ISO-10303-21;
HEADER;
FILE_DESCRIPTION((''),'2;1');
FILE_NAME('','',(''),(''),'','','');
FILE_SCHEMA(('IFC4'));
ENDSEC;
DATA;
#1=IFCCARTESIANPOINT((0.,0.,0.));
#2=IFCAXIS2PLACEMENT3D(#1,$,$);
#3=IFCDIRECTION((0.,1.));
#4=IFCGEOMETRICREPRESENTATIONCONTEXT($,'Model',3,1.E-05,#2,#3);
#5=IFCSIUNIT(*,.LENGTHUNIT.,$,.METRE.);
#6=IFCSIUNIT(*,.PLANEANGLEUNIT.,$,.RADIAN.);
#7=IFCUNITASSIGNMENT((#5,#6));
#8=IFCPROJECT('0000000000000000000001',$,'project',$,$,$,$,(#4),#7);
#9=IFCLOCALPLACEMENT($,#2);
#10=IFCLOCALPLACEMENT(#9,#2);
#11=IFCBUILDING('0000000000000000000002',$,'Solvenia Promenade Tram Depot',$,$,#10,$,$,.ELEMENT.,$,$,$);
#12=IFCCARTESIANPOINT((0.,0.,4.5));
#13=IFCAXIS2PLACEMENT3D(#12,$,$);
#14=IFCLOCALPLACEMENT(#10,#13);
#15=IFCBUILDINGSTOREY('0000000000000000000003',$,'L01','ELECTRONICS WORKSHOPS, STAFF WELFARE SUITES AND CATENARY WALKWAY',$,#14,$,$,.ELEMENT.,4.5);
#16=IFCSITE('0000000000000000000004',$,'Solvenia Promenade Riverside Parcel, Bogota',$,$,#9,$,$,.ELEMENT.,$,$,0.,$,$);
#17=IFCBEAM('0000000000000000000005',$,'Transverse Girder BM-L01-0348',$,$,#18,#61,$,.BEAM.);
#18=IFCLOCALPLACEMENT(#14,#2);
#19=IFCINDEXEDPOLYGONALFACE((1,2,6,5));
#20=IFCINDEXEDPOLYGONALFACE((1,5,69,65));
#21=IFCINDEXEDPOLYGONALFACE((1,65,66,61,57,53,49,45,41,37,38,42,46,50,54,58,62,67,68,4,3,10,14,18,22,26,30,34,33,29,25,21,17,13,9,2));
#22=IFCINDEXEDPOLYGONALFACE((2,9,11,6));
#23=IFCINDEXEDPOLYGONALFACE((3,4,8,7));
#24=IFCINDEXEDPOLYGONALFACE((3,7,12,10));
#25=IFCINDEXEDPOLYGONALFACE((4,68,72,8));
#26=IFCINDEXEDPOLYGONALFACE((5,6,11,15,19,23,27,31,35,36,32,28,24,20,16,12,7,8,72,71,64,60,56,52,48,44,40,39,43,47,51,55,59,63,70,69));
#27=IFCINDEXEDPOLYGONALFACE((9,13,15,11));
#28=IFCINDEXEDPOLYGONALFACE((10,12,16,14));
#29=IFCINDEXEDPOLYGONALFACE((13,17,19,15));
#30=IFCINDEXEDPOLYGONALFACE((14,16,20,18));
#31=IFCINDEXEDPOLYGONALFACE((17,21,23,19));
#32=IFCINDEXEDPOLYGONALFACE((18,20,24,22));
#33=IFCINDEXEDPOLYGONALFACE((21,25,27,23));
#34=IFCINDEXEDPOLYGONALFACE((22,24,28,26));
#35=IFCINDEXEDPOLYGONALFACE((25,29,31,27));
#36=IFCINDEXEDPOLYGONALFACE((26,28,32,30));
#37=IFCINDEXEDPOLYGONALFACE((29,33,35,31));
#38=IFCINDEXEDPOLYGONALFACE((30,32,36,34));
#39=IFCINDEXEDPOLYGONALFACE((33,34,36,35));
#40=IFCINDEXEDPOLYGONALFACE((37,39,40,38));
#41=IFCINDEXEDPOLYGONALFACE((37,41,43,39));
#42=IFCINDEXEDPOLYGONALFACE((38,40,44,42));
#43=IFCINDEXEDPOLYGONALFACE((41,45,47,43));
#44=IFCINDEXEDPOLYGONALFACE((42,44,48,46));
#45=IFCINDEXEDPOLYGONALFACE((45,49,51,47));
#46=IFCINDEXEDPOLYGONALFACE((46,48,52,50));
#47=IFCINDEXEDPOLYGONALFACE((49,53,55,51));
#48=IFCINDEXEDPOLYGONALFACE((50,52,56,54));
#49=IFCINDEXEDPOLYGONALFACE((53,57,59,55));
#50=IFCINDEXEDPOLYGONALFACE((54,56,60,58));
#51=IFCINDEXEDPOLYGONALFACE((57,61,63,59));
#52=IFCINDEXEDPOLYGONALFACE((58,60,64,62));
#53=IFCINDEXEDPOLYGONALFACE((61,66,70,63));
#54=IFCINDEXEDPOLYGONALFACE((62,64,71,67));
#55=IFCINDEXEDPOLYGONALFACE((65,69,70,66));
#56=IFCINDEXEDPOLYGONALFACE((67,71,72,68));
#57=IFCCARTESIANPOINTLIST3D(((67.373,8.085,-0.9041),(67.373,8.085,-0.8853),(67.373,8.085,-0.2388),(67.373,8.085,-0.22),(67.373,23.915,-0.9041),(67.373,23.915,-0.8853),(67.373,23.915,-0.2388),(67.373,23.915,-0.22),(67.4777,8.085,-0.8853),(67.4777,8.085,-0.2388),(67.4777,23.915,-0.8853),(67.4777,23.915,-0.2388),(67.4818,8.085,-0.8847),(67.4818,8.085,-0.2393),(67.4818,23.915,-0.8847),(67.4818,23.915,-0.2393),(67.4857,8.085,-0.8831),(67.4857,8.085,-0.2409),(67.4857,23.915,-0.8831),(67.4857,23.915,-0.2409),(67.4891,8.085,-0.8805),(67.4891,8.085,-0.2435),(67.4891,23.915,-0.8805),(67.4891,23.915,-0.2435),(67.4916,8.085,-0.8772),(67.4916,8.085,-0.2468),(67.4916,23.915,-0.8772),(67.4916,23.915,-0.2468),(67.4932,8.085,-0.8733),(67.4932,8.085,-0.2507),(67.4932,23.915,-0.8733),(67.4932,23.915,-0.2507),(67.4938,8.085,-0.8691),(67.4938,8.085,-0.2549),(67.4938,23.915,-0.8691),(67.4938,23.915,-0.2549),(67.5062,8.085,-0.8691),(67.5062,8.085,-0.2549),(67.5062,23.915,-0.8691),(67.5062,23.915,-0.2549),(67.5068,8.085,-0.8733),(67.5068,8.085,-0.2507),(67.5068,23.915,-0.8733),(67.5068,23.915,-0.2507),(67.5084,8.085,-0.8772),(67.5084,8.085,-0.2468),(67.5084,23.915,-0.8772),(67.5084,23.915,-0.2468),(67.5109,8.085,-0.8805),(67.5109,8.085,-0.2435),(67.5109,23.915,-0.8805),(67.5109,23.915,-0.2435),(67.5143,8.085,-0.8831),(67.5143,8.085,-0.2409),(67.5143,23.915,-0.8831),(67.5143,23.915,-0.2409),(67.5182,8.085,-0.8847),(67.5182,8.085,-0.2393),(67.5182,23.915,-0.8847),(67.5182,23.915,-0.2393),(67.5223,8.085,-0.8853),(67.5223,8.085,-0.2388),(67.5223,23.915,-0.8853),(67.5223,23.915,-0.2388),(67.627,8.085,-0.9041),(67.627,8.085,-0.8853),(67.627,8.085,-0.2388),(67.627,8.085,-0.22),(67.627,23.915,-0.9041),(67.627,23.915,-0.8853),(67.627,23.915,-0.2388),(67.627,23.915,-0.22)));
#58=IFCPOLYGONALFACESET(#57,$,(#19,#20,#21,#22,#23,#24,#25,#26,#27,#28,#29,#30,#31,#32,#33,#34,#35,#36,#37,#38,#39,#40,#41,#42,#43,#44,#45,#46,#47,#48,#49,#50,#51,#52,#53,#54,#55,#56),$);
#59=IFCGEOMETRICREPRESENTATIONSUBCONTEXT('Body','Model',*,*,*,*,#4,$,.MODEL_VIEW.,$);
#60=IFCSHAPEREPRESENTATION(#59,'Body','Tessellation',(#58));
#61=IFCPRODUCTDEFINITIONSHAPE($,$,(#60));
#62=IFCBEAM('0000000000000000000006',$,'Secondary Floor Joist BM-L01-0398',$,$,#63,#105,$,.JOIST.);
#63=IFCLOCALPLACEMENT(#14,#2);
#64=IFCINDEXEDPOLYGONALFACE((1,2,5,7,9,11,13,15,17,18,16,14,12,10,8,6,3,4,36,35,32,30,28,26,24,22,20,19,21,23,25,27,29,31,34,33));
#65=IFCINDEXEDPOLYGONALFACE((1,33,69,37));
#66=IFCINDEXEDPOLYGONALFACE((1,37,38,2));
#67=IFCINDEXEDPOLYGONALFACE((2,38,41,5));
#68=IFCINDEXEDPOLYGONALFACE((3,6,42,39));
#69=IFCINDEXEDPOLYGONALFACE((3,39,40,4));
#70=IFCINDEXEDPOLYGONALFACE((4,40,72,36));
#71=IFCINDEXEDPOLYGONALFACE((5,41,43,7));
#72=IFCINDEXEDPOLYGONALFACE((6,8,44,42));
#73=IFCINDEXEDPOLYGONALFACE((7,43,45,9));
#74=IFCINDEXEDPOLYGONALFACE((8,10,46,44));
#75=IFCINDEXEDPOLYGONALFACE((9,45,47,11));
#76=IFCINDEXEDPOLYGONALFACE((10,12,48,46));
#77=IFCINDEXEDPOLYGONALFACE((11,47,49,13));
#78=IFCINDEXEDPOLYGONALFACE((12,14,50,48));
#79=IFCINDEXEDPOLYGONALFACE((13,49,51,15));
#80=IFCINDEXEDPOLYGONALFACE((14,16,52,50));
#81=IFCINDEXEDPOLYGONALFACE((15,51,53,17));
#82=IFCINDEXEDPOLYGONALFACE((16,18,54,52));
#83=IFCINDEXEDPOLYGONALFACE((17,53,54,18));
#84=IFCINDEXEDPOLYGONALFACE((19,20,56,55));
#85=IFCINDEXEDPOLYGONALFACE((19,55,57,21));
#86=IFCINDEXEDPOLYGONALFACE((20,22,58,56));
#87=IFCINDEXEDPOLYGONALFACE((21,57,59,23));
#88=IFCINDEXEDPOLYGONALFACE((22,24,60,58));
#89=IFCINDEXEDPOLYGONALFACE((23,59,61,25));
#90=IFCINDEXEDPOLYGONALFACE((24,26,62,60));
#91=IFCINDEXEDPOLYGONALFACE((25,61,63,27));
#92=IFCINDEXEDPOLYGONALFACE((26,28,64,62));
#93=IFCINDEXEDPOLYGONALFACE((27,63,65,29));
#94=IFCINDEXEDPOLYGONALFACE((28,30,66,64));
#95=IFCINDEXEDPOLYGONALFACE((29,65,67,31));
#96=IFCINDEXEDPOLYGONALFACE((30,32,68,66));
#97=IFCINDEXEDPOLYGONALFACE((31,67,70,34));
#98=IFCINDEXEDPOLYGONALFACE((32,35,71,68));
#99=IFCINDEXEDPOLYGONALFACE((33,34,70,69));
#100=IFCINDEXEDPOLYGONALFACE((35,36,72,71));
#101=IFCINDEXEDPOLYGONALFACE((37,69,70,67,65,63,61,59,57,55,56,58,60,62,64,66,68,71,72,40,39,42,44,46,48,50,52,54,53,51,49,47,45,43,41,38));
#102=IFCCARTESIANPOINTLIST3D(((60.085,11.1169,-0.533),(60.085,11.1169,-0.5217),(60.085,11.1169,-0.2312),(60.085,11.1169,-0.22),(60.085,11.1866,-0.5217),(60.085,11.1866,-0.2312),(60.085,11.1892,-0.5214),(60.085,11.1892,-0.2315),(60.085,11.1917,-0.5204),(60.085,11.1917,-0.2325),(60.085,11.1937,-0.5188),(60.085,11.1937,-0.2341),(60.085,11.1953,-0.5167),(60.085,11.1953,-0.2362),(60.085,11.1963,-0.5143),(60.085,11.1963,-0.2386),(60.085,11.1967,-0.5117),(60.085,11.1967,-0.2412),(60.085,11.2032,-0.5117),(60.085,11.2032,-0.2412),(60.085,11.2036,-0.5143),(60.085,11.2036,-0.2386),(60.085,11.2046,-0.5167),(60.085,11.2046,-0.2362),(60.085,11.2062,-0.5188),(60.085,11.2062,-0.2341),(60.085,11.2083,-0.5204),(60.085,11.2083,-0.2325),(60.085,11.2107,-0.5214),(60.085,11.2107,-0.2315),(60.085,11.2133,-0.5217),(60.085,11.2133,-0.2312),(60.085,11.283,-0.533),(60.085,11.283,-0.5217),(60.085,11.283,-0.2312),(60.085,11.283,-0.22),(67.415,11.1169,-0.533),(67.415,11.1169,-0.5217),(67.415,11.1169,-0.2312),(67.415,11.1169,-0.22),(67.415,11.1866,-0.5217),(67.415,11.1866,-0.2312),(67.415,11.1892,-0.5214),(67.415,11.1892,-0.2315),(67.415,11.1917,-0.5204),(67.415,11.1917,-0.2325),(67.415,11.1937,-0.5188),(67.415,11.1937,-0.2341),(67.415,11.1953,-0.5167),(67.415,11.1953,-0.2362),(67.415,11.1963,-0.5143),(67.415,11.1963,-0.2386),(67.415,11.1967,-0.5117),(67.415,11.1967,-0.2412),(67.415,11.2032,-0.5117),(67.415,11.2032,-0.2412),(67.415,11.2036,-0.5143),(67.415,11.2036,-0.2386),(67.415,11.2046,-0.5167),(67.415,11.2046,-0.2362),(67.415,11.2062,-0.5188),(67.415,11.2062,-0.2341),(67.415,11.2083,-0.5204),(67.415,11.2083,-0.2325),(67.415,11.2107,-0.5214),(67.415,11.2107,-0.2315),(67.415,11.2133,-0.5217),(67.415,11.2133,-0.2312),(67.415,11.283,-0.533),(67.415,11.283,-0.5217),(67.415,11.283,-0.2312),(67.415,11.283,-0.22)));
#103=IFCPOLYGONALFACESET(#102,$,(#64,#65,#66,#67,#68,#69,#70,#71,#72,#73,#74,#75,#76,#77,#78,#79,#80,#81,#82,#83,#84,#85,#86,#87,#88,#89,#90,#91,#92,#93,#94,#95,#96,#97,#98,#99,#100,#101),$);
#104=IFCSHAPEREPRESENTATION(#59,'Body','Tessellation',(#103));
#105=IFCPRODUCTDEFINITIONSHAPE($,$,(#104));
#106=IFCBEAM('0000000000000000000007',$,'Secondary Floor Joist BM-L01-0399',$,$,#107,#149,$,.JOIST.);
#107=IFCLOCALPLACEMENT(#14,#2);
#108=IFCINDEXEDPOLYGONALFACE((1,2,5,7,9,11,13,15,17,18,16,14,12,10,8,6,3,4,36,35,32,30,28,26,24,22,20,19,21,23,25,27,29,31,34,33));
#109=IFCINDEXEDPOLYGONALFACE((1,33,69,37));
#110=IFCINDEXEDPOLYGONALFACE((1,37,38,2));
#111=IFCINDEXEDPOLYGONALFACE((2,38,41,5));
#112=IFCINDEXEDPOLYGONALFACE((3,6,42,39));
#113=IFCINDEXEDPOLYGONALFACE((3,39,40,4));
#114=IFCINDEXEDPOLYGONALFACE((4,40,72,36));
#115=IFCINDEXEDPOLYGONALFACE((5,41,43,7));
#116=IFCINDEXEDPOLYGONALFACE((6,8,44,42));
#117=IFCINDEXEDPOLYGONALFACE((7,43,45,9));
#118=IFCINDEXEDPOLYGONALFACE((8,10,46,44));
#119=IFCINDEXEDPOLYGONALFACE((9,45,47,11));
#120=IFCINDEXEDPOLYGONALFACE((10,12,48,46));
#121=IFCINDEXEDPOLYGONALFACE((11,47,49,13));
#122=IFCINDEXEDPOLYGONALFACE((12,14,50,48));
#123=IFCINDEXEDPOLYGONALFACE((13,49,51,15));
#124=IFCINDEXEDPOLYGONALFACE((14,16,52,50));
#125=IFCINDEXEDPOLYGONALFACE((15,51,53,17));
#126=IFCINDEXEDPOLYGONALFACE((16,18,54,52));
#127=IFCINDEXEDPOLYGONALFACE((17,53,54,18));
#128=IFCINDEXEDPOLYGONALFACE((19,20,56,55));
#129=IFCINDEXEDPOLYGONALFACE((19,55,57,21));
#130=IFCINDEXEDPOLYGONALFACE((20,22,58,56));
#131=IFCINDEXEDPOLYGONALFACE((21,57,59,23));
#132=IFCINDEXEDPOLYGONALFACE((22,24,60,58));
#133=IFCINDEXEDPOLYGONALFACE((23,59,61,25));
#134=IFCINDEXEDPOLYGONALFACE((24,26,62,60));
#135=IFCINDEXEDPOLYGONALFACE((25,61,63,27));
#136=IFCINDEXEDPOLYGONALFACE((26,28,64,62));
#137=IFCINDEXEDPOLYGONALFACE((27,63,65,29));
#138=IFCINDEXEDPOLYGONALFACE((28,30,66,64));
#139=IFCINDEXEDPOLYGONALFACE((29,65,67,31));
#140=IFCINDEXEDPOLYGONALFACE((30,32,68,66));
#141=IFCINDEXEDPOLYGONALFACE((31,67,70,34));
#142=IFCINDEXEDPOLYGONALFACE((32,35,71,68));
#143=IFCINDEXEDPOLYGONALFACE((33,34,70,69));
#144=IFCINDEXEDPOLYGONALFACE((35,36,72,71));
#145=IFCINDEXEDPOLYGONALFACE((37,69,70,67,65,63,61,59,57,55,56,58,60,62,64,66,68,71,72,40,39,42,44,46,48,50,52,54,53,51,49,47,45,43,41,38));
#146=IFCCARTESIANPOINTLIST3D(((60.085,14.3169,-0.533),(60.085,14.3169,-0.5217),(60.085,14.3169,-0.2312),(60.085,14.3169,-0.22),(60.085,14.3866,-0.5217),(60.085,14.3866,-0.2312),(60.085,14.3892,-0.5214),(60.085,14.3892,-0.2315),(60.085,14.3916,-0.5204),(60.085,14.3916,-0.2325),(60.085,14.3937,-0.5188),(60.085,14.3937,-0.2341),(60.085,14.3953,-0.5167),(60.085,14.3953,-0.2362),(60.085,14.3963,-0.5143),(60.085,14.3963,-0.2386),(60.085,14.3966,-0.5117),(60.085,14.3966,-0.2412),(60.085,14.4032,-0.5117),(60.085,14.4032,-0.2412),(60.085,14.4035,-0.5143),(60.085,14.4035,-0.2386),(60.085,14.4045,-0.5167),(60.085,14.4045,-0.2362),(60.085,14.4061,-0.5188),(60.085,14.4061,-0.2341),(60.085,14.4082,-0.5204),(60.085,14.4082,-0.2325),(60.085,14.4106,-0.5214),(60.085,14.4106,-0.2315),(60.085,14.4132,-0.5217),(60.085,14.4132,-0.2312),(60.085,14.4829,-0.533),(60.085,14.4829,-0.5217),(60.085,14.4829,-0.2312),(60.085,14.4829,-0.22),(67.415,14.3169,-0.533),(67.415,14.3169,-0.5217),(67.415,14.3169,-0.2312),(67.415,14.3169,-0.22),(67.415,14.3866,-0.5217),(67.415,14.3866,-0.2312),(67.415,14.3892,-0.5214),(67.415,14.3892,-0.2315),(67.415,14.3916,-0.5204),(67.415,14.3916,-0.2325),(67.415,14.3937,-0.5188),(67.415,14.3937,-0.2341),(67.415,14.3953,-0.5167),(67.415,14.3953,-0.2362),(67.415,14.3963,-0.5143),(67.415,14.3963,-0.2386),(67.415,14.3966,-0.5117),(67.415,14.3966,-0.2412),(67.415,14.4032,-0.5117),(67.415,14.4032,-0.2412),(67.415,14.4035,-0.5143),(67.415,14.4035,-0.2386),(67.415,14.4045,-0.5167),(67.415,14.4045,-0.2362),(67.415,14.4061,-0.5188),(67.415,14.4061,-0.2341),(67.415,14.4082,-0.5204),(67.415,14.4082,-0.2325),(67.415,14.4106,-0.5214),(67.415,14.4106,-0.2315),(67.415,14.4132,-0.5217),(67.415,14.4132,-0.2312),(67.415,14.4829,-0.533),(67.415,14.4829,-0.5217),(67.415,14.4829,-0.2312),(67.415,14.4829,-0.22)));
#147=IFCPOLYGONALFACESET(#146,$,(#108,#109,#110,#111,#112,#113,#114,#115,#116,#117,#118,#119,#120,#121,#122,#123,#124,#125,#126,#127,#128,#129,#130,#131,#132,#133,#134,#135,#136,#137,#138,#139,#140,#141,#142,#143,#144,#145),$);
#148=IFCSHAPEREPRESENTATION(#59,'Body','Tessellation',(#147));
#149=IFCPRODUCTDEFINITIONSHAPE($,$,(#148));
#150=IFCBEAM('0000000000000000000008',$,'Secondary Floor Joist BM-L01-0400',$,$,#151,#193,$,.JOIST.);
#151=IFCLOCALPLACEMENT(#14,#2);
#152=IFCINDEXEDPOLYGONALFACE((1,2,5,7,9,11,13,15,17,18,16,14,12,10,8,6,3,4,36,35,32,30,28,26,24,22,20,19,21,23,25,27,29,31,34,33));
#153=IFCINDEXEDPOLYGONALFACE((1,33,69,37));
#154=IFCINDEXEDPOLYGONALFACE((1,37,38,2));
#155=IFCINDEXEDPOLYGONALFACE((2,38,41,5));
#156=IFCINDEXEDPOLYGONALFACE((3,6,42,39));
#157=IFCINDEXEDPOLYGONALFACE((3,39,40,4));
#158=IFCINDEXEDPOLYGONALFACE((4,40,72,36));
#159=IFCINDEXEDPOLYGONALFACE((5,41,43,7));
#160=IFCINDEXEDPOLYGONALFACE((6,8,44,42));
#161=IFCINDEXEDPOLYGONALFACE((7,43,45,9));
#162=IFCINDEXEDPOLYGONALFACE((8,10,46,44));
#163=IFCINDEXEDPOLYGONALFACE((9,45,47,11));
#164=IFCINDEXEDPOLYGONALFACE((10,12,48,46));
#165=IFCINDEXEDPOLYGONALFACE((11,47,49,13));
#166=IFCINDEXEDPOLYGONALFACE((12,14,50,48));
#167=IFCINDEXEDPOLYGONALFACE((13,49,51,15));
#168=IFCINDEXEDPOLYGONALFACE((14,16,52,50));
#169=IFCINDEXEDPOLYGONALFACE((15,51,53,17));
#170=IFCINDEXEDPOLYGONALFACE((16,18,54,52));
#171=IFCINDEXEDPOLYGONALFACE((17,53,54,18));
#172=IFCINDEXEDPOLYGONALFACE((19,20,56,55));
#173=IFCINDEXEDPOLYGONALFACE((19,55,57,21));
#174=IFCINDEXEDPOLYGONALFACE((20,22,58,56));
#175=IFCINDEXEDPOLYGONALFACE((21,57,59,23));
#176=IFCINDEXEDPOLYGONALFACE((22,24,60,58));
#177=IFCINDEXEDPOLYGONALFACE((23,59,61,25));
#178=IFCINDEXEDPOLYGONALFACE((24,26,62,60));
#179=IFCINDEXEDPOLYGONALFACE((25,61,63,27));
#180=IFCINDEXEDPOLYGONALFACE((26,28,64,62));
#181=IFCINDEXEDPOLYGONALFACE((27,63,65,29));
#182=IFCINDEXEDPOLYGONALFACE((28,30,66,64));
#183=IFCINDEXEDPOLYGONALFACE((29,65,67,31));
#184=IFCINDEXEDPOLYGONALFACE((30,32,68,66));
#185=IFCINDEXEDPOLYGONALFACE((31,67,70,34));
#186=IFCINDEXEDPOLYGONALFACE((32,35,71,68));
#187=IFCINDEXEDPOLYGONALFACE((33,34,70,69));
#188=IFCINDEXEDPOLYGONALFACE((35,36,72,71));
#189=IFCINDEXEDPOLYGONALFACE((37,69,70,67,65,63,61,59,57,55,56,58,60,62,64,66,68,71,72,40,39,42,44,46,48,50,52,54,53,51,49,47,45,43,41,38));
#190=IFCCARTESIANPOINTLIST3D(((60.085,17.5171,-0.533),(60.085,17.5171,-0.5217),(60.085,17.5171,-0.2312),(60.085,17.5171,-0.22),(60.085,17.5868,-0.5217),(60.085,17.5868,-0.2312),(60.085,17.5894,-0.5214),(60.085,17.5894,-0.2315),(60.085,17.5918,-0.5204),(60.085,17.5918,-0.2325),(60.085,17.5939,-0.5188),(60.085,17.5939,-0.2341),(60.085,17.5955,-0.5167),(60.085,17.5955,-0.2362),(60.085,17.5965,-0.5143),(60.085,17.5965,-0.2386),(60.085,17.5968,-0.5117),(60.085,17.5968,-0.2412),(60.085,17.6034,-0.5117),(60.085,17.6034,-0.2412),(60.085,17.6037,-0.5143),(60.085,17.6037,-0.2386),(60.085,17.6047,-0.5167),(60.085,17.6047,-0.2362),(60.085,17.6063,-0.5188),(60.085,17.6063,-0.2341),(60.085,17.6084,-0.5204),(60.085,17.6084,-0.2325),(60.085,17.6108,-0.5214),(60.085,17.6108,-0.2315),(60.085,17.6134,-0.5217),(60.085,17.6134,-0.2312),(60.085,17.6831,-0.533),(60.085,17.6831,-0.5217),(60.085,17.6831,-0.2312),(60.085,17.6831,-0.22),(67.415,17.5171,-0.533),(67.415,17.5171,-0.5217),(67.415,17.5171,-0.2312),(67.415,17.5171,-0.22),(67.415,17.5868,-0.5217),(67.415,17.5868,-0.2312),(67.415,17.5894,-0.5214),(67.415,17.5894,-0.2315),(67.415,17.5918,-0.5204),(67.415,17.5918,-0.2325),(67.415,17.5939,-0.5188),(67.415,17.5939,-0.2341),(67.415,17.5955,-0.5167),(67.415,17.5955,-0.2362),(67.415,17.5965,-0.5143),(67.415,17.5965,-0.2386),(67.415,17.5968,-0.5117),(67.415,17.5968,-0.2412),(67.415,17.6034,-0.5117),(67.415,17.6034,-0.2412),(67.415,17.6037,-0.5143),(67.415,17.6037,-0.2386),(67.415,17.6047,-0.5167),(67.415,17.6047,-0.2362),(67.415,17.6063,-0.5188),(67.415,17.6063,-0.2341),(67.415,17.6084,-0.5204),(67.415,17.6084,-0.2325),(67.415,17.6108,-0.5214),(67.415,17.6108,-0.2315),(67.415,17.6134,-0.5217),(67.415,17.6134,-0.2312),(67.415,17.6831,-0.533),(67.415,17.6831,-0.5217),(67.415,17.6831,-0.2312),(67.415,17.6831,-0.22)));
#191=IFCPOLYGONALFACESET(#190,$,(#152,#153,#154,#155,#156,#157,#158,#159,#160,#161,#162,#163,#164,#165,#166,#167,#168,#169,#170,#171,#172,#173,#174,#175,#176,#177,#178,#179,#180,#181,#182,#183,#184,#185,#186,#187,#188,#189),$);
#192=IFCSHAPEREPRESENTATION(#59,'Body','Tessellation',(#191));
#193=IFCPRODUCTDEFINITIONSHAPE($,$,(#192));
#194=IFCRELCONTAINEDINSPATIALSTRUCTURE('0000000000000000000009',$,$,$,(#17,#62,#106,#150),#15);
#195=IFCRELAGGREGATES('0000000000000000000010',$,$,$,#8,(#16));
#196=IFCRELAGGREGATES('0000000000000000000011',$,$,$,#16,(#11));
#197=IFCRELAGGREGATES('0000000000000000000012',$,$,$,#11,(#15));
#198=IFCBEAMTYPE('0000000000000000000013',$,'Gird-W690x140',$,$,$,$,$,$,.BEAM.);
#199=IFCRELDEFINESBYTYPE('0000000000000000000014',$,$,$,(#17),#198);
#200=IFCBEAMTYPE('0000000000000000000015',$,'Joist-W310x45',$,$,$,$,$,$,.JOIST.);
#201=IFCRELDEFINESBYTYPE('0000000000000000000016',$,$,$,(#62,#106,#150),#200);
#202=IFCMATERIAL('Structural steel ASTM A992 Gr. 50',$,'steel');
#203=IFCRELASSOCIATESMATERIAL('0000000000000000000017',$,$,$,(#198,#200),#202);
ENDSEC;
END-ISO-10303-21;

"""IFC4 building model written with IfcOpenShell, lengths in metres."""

from ifc_helpers import new_model, si_unit, direction, frame, origin, origin_2d, place, context, subcontext, project, spatial, i_section, extrude, material, material_profile, profile_set, type_object, element, save


model = new_model("IFC4")

# Units and contexts
model_context = context("Model", 3, precision=1e-05, world=origin(), true_north=direction((0.0, 1.0)))
body_context = subcontext(model_context, "Body", "Model", "MODEL_VIEW")
ifc_project = project(units=[si_unit("LENGTHUNIT", "METRE"), si_unit("PLANEANGLEUNIT", "RADIAN")], contexts=[model_context])

# Site, building, storey
site_placement = place(None, origin())
site = spatial("IfcSite", under=ifc_project, at=site_placement, Name="Solvenia Promenade Riverside Parcel, Bogota", CompositionType="ELEMENT", RefElevation=0.0)
building_placement = place(site_placement, origin())
building = spatial("IfcBuilding", under=site, at=building_placement, Name="Solvenia Promenade Tram Depot", CompositionType="ELEMENT")
storey_placement = place(building_placement, frame((0.0, 0.0, 4.5)))
storey = spatial("IfcBuildingStorey", under=building, at=storey_placement, Name="L01", Description="ELECTRONICS WORKSHOPS, STAFF WELFARE SUITES AND CATENARY WALKWAY", CompositionType="ELEMENT", Elevation=4.5)

# Shared definitions
ifc_material_1 = material(Name="Structural steel ASTM A992 Gr. 50", Category="steel")

# Beams
ifc_material_profile_1 = material_profile(ifc_material_1, i_section(OverallWidth=0.2539, OverallDepth=0.6841, WebThickness=0.0125, FlangeThickness=0.0188, FilletRadius=0.0161, at=origin_2d()), Name="W690x140", Category="steel")
ifc_profile_set_1 = profile_set([ifc_material_profile_1], Name="Structural steel ASTM A992 Gr. 50")
beam_type_1 = type_object("IfcBeamType", Name="Gird-W690x140", PredefinedType="BEAM", material=ifc_profile_set_1)
for number, where, z_axis, x_axis, name in (
    (1, (67.5, 8.085, -0.562), (0.0, 1.0, 0.0), (-1.0, 0.0, 0.0), "Transverse Girder BM-L01-0348"),
):
    element("IfcBeam", number, at=place(storey_placement, frame(where, z_axis=z_axis, x_axis=x_axis)), inside=storey, type_object=beam_type_1, Name=name, PredefinedType="BEAM", context=body_context, shape_type="SweptSolid", body=[
        extrude(i_section(OverallWidth=0.2539, OverallDepth=0.6841, WebThickness=0.0125, FlangeThickness=0.0188, FilletRadius=0.0161, at=origin_2d()), origin(), (0.0, 0.0, 1.0), 15.8301),
    ])
ifc_material_profile_2 = material_profile(ifc_material_1, i_section(OverallWidth=0.166, OverallDepth=0.313, WebThickness=0.0066, FlangeThickness=0.0112, FilletRadius=0.01, at=origin_2d()), Name="W310x45", Category="steel")
ifc_profile_set_2 = profile_set([ifc_material_profile_2], Name="Structural steel ASTM A992 Gr. 50")
beam_type_2 = type_object("IfcBeamType", Name="Joist-W310x45", PredefinedType="JOIST", material=ifc_profile_set_2)
for number, where, z_axis, x_axis, name in (
    (2, (60.085, 11.2, -0.3765), (1.0, 0.0, 0.0), (0.0, 1.0, 0.0), "Secondary Floor Joist BM-L01-0398"),
    (3, (60.085, 14.3999, -0.3765), (1.0, 0.0, 0.0), (0.0, 1.0, 0.0), "Secondary Floor Joist BM-L01-0399"),
    (4, (60.085, 17.6001, -0.3765), (1.0, 0.0, 0.0), (0.0, 1.0, 0.0), "Secondary Floor Joist BM-L01-0400"),
):
    element("IfcBeam", number, at=place(storey_placement, frame(where, z_axis=z_axis, x_axis=x_axis)), inside=storey, type_object=beam_type_2, Name=name, PredefinedType="JOIST", context=body_context, shape_type="SweptSolid", body=[
        extrude(i_section(OverallWidth=0.166, OverallDepth=0.313, WebThickness=0.0066, FlangeThickness=0.0112, FilletRadius=0.01, at=origin_2d()), origin(), (0.0, 0.0, 1.0), 7.3301),
    ])

save(model, "model.ifc")
